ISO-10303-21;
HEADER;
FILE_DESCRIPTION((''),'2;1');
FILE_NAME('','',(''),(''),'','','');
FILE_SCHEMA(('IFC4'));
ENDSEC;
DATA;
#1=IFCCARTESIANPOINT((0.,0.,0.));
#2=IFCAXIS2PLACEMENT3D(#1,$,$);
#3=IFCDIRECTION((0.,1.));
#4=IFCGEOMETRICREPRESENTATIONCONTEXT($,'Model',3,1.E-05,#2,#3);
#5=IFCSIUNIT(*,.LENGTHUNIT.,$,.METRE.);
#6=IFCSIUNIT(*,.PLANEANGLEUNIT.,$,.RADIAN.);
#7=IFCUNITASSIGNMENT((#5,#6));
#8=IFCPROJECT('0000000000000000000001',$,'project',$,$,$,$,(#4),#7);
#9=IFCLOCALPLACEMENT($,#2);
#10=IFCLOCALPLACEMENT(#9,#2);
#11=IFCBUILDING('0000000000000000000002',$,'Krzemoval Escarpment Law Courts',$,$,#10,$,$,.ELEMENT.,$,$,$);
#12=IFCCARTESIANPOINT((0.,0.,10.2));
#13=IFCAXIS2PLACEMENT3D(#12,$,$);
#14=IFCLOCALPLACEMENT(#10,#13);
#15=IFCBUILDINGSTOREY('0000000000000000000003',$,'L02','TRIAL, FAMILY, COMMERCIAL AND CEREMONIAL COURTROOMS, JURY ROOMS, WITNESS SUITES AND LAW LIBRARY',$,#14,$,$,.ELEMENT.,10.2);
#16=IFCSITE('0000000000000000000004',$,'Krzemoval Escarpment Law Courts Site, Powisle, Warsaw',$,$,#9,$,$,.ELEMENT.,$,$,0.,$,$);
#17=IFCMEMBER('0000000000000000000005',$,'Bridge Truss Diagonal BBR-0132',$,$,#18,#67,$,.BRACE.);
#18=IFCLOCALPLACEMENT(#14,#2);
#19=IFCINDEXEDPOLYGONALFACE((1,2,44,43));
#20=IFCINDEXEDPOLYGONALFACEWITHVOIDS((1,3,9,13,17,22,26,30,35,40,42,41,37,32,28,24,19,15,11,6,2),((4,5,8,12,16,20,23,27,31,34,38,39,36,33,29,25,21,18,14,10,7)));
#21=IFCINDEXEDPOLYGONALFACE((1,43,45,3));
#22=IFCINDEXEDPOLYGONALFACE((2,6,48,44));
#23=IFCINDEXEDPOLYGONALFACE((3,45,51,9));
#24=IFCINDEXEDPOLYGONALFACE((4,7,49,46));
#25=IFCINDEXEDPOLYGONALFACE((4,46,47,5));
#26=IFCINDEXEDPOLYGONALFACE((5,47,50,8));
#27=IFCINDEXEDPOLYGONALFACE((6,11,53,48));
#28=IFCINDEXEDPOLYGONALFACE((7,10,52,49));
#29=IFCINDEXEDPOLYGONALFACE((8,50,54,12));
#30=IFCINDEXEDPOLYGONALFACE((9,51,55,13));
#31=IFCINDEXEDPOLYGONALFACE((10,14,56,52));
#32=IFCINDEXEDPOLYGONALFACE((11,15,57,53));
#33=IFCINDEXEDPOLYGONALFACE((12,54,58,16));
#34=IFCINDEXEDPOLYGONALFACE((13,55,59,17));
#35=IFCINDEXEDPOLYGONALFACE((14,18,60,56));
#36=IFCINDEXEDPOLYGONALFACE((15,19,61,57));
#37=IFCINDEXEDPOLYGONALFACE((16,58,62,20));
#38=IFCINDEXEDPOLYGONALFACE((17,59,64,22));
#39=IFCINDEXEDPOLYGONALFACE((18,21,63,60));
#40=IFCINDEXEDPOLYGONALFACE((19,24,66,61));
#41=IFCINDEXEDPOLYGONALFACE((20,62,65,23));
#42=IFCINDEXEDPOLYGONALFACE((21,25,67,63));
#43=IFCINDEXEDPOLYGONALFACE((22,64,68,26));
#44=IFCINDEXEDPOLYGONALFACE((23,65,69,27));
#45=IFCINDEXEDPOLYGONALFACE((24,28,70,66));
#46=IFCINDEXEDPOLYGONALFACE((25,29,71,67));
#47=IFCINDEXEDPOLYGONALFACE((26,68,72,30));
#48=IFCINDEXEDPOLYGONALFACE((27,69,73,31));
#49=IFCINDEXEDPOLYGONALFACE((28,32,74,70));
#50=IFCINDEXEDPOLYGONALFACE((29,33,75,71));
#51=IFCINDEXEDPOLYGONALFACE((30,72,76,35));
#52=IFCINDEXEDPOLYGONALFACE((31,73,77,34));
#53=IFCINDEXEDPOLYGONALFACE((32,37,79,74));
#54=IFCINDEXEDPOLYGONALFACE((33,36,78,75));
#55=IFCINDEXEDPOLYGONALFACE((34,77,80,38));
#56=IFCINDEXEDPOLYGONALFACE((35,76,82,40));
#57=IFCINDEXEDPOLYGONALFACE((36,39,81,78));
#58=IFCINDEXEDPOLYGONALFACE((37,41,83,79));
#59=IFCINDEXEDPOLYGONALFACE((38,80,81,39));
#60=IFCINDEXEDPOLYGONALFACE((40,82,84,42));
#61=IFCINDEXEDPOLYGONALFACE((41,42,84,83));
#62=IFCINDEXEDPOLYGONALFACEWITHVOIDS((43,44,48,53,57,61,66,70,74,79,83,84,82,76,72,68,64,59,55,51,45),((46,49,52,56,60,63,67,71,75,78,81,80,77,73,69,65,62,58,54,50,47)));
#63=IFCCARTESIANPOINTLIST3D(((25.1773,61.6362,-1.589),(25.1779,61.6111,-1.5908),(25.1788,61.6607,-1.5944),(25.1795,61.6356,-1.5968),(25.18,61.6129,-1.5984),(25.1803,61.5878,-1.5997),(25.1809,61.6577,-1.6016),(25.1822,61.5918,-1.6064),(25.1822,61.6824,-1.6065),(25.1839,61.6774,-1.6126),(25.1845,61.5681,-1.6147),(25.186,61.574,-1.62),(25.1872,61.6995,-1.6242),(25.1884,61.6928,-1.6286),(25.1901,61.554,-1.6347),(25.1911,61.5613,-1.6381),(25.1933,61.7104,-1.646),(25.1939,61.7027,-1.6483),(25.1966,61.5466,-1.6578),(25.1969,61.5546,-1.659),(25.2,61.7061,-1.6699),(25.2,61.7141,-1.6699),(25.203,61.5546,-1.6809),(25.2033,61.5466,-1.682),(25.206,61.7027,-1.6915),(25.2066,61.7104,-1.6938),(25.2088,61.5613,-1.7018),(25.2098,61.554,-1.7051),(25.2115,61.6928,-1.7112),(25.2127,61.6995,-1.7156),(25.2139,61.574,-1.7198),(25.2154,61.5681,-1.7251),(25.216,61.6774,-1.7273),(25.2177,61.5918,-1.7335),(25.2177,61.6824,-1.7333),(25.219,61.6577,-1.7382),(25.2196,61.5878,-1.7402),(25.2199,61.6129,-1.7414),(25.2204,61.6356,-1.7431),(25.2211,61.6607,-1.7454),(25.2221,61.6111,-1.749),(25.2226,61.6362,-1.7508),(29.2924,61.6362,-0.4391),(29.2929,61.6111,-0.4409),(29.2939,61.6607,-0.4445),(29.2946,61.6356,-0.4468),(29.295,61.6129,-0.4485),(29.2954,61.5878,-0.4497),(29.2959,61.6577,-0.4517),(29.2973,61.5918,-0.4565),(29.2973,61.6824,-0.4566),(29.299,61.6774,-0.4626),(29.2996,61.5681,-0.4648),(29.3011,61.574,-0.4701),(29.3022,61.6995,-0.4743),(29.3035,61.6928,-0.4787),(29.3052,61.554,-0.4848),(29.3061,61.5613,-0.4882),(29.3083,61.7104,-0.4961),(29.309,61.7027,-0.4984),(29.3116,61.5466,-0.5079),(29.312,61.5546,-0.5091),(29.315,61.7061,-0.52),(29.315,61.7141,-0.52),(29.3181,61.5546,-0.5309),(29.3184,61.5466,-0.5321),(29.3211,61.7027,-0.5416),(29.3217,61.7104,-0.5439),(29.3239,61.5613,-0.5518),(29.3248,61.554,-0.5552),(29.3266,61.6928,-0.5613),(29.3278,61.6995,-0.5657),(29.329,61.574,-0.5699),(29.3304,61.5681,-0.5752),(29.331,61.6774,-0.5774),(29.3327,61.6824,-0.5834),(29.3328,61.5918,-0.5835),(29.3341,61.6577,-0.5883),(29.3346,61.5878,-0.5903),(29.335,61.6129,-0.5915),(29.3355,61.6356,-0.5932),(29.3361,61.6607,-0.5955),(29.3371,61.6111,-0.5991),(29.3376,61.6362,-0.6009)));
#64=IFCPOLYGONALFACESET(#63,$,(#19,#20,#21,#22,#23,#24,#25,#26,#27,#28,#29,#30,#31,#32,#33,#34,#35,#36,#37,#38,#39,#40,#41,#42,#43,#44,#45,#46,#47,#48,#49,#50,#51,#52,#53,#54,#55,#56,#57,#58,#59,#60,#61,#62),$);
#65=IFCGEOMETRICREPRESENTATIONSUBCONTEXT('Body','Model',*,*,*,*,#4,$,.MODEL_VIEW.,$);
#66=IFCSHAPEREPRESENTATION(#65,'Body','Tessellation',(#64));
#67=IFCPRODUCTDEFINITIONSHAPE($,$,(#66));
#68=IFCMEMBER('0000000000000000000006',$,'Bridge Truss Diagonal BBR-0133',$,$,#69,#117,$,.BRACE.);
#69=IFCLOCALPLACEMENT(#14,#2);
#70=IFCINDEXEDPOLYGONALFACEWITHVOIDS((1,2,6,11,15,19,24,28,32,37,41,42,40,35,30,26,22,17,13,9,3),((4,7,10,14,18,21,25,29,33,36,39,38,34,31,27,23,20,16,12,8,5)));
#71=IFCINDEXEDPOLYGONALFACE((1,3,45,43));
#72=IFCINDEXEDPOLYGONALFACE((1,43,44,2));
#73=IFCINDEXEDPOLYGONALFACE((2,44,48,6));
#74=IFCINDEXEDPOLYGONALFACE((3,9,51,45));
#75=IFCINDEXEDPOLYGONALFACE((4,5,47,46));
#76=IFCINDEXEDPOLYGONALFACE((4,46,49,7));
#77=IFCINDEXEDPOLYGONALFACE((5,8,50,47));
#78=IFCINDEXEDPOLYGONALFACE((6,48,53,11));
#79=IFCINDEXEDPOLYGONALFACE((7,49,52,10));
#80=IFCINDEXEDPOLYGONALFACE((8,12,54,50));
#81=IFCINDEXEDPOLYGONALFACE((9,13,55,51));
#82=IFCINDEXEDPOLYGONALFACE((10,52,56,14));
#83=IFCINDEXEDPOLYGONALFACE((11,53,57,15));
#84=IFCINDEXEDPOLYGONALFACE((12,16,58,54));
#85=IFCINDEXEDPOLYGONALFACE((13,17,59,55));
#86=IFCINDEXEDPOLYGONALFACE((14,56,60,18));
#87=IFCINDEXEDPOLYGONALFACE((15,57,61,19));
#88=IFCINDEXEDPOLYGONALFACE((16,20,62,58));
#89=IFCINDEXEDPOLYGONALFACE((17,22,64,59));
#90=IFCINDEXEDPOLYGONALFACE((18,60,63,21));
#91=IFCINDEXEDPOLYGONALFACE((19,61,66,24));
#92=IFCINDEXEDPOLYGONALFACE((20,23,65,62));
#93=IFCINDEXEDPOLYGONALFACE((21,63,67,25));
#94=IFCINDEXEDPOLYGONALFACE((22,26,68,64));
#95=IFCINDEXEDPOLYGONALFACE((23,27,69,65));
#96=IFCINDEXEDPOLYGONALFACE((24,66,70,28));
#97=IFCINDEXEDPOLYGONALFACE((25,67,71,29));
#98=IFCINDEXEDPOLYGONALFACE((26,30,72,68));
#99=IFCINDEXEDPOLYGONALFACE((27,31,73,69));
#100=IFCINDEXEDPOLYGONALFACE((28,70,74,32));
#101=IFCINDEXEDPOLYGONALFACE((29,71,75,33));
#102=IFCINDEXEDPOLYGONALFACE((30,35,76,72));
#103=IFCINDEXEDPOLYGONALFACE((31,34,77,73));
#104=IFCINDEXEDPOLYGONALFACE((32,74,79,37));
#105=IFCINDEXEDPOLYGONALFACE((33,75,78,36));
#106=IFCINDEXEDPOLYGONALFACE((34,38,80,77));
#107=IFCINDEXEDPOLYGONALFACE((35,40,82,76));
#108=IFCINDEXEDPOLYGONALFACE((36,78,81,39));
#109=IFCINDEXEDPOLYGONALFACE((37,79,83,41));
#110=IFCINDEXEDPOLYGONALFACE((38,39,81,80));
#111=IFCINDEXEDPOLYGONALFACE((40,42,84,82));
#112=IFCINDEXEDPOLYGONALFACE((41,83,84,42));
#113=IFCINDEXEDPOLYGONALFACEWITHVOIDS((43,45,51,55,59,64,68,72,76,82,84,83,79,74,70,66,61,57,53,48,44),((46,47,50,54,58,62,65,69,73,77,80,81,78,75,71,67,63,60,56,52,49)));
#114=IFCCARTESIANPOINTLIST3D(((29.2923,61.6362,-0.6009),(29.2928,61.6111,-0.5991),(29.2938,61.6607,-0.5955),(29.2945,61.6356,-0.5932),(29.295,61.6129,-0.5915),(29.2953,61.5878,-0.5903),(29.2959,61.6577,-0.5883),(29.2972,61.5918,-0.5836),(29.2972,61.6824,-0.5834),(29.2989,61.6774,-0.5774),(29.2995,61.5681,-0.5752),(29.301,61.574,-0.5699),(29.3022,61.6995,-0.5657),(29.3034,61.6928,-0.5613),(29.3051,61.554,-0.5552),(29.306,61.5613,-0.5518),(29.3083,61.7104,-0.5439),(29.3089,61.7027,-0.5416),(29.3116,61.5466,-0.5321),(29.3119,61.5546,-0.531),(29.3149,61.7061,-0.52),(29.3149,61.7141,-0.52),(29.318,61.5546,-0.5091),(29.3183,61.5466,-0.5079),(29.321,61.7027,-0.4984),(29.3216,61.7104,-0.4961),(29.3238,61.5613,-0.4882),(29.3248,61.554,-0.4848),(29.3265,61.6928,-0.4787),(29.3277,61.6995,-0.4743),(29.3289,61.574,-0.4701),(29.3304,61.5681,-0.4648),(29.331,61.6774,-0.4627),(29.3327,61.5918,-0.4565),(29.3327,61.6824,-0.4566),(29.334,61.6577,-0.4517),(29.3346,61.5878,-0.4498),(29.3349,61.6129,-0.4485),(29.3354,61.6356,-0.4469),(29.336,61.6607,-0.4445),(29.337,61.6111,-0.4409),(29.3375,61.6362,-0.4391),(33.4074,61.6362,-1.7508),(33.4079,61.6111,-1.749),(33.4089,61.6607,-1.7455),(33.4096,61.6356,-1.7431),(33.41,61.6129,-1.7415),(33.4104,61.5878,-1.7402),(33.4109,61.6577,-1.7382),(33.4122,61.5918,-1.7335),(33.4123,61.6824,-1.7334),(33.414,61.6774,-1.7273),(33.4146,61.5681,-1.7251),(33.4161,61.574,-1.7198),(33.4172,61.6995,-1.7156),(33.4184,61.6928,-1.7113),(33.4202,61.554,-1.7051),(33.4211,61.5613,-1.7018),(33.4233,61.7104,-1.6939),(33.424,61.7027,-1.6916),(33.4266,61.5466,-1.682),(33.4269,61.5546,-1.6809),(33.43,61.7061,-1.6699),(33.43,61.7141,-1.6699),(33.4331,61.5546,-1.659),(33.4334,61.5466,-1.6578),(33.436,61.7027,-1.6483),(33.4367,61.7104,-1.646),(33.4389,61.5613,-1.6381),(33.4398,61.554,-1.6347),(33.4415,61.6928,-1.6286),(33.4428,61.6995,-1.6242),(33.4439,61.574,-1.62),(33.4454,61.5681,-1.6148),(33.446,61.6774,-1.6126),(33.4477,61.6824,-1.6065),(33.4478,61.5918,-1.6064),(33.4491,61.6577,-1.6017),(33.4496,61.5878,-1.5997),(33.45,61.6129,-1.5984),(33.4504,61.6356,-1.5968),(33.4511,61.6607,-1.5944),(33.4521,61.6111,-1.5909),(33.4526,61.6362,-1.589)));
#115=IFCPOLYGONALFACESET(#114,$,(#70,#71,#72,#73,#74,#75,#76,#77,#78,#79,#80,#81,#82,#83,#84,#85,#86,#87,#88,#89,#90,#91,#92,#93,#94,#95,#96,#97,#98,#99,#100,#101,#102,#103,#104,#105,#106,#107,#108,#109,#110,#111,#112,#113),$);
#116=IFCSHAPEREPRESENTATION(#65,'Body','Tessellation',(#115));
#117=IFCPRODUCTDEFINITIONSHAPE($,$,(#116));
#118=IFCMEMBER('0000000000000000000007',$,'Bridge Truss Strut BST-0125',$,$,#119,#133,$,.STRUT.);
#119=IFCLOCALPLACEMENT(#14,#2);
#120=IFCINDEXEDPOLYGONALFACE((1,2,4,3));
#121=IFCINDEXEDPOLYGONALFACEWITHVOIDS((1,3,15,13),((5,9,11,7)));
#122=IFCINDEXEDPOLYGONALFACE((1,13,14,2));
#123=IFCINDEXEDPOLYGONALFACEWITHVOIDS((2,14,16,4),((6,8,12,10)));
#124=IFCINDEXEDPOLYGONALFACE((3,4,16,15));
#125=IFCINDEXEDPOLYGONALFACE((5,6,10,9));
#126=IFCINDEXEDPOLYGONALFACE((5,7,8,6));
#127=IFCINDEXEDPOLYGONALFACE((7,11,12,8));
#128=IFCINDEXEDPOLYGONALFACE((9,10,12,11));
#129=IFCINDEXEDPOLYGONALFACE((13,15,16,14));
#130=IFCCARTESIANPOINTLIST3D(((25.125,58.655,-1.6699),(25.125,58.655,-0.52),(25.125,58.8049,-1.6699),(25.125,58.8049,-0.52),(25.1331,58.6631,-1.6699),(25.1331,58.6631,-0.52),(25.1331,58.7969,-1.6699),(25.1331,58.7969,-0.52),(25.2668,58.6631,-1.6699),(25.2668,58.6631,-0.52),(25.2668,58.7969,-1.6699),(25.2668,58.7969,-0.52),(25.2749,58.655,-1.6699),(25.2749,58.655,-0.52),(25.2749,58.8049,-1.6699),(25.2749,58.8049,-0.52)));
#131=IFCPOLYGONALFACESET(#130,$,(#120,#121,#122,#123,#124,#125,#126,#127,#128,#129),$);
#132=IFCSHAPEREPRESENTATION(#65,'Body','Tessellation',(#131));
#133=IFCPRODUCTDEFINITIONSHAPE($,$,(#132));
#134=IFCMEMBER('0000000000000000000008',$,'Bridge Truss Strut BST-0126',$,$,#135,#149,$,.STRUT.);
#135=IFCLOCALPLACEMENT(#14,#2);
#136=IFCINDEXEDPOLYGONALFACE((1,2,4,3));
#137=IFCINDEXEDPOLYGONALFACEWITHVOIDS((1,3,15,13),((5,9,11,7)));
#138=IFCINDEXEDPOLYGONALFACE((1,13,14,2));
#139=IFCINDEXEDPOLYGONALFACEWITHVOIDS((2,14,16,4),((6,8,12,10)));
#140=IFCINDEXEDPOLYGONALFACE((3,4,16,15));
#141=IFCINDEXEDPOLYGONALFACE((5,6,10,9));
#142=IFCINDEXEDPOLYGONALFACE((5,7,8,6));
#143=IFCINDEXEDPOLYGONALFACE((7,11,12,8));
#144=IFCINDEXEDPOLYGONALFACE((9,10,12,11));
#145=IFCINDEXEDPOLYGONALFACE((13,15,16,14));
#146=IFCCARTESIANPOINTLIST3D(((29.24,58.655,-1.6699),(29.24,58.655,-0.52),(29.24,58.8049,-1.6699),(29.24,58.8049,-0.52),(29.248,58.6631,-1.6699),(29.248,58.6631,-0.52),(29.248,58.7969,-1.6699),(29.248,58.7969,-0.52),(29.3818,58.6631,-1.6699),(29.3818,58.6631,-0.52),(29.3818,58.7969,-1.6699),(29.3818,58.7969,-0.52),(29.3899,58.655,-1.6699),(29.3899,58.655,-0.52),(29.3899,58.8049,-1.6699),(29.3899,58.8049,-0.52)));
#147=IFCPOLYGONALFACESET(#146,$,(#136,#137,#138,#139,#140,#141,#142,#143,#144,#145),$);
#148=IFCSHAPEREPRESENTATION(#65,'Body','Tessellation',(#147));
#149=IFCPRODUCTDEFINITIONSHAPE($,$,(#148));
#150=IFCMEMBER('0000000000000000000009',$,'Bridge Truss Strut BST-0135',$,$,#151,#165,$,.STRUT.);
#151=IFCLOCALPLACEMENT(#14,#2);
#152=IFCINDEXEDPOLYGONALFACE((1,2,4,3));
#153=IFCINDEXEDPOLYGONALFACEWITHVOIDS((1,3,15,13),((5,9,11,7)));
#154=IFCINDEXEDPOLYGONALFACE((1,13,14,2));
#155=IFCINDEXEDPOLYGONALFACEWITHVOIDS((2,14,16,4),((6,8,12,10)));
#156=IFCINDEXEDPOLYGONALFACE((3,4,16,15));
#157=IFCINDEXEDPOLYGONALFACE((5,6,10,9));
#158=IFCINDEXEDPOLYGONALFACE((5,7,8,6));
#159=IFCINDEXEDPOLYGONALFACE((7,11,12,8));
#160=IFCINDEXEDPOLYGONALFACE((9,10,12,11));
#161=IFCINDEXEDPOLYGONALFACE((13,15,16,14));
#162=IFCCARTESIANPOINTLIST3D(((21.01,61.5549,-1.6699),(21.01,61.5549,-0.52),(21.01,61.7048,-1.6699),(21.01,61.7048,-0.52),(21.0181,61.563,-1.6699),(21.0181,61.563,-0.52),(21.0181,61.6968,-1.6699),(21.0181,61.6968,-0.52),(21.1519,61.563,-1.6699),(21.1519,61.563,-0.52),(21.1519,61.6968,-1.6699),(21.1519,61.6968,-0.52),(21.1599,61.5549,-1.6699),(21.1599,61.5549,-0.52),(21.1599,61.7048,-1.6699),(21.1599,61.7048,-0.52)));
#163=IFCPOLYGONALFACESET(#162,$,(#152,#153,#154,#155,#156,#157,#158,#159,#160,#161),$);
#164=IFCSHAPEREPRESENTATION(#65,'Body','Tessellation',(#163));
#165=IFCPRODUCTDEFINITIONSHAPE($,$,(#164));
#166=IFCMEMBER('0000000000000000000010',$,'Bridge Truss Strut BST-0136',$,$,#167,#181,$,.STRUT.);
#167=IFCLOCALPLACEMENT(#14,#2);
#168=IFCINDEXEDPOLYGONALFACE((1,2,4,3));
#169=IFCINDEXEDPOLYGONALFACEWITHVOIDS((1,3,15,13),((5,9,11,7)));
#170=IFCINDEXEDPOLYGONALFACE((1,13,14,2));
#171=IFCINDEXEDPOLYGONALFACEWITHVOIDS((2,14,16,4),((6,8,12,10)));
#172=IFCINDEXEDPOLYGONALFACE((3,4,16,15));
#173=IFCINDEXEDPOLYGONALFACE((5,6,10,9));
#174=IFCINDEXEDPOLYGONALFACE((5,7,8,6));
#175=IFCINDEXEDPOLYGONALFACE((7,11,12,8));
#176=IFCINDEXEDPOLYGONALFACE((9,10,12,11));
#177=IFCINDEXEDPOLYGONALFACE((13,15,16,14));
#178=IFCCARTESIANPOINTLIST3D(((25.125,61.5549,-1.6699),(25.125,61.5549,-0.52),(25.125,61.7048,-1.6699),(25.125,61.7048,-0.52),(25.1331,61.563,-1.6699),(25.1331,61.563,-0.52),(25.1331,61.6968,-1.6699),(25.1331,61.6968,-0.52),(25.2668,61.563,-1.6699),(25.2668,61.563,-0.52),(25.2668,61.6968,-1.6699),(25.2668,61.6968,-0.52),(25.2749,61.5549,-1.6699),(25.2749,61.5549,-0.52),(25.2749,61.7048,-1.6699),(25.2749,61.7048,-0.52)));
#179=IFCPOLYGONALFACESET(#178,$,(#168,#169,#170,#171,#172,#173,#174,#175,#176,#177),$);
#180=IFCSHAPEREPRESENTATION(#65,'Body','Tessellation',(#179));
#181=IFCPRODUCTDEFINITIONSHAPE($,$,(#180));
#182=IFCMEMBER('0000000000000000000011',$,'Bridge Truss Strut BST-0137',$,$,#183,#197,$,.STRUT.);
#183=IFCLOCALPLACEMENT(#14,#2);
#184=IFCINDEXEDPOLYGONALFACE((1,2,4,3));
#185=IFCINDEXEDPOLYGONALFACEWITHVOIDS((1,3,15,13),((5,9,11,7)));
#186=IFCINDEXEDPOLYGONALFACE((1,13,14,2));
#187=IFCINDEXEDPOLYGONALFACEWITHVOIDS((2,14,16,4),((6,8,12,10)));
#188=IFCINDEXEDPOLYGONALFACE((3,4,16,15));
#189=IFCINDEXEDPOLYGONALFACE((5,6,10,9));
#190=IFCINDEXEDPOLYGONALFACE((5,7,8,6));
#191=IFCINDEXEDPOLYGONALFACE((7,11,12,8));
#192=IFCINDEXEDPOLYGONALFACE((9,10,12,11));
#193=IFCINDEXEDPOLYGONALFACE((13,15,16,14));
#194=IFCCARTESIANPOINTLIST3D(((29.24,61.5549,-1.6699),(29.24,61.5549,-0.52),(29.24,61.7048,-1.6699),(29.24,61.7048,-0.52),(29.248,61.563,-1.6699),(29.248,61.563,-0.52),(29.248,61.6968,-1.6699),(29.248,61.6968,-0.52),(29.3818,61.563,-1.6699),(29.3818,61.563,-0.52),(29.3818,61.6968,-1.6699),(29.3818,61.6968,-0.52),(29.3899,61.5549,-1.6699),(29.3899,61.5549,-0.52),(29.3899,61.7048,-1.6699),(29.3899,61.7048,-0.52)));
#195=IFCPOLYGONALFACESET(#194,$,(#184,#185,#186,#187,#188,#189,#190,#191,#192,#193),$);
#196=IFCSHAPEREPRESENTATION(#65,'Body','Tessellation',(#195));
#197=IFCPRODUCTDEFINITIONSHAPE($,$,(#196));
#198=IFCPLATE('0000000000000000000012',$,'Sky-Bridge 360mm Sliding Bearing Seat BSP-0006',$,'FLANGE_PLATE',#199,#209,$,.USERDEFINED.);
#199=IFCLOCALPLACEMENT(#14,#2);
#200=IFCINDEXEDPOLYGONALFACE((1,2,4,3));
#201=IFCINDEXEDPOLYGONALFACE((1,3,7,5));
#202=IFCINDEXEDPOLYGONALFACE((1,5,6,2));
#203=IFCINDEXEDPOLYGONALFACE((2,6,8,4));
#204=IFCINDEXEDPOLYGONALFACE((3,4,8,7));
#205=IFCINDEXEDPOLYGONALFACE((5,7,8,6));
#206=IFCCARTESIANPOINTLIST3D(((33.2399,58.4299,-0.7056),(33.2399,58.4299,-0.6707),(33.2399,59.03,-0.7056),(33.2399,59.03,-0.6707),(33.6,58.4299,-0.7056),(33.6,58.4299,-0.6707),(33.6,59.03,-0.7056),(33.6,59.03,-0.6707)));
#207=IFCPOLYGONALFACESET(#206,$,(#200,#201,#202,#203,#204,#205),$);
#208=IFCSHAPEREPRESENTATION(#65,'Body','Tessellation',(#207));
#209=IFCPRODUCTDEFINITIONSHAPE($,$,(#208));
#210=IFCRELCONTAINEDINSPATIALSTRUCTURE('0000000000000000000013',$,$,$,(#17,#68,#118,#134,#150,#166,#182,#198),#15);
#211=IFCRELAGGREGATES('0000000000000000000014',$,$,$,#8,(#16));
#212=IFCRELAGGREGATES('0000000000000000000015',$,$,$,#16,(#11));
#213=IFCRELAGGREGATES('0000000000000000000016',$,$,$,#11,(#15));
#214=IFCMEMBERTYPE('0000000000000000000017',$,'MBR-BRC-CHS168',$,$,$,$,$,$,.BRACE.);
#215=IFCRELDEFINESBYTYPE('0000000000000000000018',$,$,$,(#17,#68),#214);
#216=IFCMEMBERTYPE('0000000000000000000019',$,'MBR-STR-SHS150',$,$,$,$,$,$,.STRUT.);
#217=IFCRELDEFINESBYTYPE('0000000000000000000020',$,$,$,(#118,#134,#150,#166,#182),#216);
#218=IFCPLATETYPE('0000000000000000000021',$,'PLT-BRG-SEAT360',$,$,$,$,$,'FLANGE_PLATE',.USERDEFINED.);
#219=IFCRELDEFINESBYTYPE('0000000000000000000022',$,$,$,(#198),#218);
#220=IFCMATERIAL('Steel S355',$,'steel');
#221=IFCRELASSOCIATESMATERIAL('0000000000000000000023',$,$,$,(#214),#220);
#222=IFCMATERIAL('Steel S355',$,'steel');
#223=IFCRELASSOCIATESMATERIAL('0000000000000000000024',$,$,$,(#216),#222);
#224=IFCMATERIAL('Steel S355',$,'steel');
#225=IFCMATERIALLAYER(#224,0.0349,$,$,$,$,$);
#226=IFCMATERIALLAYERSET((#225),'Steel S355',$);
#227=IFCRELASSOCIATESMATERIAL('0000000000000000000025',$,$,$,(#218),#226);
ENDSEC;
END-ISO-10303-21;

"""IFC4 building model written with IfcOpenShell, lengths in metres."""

from ifc_helpers import new_model, si_unit, direction, frame, origin, origin_2d, place, context, subcontext, project, spatial, rectangle, hollow_rectangle, hollow_circle, extrude, material, layer, layer_set, material_profile, profile_set, type_object, element, save


model = new_model("IFC4")

# Units and contexts
model_context = context("Model", 3, precision=1e-05, world=origin(), true_north=direction((0.0, 1.0)))
body_context = subcontext(model_context, "Body", "Model", "MODEL_VIEW")
ifc_project = project(units=[si_unit("LENGTHUNIT", "METRE"), si_unit("PLANEANGLEUNIT", "RADIAN")], contexts=[model_context])

# Site, building, storey
site_placement = place(None, origin())
site = spatial("IfcSite", under=ifc_project, at=site_placement, Name="Krzemoval Escarpment Law Courts Site, Powisle, Warsaw", CompositionType="ELEMENT", RefElevation=0.0)
building_placement = place(site_placement, origin())
building = spatial("IfcBuilding", under=site, at=building_placement, Name="Krzemoval Escarpment Law Courts", CompositionType="ELEMENT")
storey_placement = place(building_placement, frame((0.0, 0.0, 10.2)))
storey = spatial("IfcBuildingStorey", under=building, at=storey_placement, Name="L02", Description="TRIAL, FAMILY, COMMERCIAL AND CEREMONIAL COURTROOMS, JURY ROOMS, WITNESS SUITES AND LAW LIBRARY", CompositionType="ELEMENT", Elevation=10.2)

# Members
ifc_material_1 = material(Name="Steel S355", Category="steel")
ifc_material_profile_1 = material_profile(ifc_material_1, hollow_circle(Radius=0.0842, WallThickness=0.0081, at=origin_2d()), Name="CHS 168.3x8")
ifc_profile_set_1 = profile_set([ifc_material_profile_1], Name="Steel S355")
member_type_1 = type_object("IfcMemberType", Name="MBR-BRC-CHS168", PredefinedType="BRACE", material=ifc_profile_set_1)
for number, where, z_axis, x_axis, name in (
    (1, (25.2, 61.6299, -1.6699), (0.963103, 0.0, 0.269132), (0.0, 1.0, 0.0), "Bridge Truss Diagonal BBR-0132"),
    (2, (29.3149, 61.6299, -0.52), (0.963103, 0.0, -0.269132), (0.0, 1.0, 0.0), "Bridge Truss Diagonal BBR-0133"),
):
    element("IfcMember", number, at=place(storey_placement, frame(where, z_axis=z_axis, x_axis=x_axis)), inside=storey, type_object=member_type_1, Name=name, PredefinedType="BRACE", context=body_context, shape_type="SweptSolid", body=[
        extrude(hollow_circle(Radius=0.0842, WallThickness=0.0081, at=origin_2d()), origin(), (0.0, 0.0, 1.0), 4.2727),
    ])
ifc_material_2 = material(Name="Steel S355", Category="steel")
ifc_material_profile_2 = material_profile(ifc_material_2, hollow_rectangle(XDim=0.1499, YDim=0.1499, WallThickness=0.0081, at=origin_2d()), Name="SHS 150x150x8")
ifc_profile_set_2 = profile_set([ifc_material_profile_2], Name="Steel S355")
member_type_2 = type_object("IfcMemberType", Name="MBR-STR-SHS150", PredefinedType="STRUT", material=ifc_profile_set_2)
for number, where, z_axis, x_axis, name in (
    (3, (25.2, 58.73, -1.6699), (0.0, 0.0, 1.0), (1.0, 0.0, 0.0), "Bridge Truss Strut BST-0125"),
    (4, (29.3149, 58.73, -1.6699), (0.0, 0.0, 1.0), (1.0, 0.0, 0.0), "Bridge Truss Strut BST-0126"),
    (5, (21.085, 61.6299, -1.6699), (0.0, 0.0, 1.0), (1.0, 0.0, 0.0), "Bridge Truss Strut BST-0135"),
    (6, (25.2, 61.6299, -1.6699), (0.0, 0.0, 1.0), (1.0, 0.0, 0.0), "Bridge Truss Strut BST-0136"),
    (7, (29.3149, 61.6299, -1.6699), (0.0, 0.0, 1.0), (1.0, 0.0, 0.0), "Bridge Truss Strut BST-0137"),
):
    element("IfcMember", number, at=place(storey_placement, frame(where, z_axis=z_axis, x_axis=x_axis)), inside=storey, type_object=member_type_2, Name=name, PredefinedType="STRUT", context=body_context, shape_type="SweptSolid", body=[
        extrude(hollow_rectangle(XDim=0.1499, YDim=0.1499, WallThickness=0.0081, at=origin_2d()), origin(), (0.0, 0.0, 1.0), 1.1499),
    ])

# Plate
ifc_material_3 = material(Name="Steel S355", Category="steel")
ifc_layer_1 = layer(ifc_material_3, 0.0349)
ifc_layer_set_1 = layer_set([ifc_layer_1], Name="Steel S355")
plate_type_1 = type_object("IfcPlateType", Name="PLT-BRG-SEAT360", ElementType="FLANGE_PLATE", PredefinedType="USERDEFINED", material=ifc_layer_set_1)
plate_placement = place(storey_placement, frame((33.4199, 58.73, -0.7056), z_axis=(0.0, 0.0, 1.0), x_axis=(1.0, 0.0, 0.0)))
element("IfcPlate", 8, at=plate_placement, inside=storey, type_object=plate_type_1, Name="Sky-Bridge 360mm Sliding Bearing Seat BSP-0006", ObjectType="FLANGE_PLATE", PredefinedType="USERDEFINED", context=body_context, shape_type="SweptSolid", body=[
    extrude(rectangle(XDim=0.3601, YDim=0.6001, at=origin_2d()), origin(), (0.0, 0.0, 1.0), 0.0349),
])

save(model, "model.ifc")
